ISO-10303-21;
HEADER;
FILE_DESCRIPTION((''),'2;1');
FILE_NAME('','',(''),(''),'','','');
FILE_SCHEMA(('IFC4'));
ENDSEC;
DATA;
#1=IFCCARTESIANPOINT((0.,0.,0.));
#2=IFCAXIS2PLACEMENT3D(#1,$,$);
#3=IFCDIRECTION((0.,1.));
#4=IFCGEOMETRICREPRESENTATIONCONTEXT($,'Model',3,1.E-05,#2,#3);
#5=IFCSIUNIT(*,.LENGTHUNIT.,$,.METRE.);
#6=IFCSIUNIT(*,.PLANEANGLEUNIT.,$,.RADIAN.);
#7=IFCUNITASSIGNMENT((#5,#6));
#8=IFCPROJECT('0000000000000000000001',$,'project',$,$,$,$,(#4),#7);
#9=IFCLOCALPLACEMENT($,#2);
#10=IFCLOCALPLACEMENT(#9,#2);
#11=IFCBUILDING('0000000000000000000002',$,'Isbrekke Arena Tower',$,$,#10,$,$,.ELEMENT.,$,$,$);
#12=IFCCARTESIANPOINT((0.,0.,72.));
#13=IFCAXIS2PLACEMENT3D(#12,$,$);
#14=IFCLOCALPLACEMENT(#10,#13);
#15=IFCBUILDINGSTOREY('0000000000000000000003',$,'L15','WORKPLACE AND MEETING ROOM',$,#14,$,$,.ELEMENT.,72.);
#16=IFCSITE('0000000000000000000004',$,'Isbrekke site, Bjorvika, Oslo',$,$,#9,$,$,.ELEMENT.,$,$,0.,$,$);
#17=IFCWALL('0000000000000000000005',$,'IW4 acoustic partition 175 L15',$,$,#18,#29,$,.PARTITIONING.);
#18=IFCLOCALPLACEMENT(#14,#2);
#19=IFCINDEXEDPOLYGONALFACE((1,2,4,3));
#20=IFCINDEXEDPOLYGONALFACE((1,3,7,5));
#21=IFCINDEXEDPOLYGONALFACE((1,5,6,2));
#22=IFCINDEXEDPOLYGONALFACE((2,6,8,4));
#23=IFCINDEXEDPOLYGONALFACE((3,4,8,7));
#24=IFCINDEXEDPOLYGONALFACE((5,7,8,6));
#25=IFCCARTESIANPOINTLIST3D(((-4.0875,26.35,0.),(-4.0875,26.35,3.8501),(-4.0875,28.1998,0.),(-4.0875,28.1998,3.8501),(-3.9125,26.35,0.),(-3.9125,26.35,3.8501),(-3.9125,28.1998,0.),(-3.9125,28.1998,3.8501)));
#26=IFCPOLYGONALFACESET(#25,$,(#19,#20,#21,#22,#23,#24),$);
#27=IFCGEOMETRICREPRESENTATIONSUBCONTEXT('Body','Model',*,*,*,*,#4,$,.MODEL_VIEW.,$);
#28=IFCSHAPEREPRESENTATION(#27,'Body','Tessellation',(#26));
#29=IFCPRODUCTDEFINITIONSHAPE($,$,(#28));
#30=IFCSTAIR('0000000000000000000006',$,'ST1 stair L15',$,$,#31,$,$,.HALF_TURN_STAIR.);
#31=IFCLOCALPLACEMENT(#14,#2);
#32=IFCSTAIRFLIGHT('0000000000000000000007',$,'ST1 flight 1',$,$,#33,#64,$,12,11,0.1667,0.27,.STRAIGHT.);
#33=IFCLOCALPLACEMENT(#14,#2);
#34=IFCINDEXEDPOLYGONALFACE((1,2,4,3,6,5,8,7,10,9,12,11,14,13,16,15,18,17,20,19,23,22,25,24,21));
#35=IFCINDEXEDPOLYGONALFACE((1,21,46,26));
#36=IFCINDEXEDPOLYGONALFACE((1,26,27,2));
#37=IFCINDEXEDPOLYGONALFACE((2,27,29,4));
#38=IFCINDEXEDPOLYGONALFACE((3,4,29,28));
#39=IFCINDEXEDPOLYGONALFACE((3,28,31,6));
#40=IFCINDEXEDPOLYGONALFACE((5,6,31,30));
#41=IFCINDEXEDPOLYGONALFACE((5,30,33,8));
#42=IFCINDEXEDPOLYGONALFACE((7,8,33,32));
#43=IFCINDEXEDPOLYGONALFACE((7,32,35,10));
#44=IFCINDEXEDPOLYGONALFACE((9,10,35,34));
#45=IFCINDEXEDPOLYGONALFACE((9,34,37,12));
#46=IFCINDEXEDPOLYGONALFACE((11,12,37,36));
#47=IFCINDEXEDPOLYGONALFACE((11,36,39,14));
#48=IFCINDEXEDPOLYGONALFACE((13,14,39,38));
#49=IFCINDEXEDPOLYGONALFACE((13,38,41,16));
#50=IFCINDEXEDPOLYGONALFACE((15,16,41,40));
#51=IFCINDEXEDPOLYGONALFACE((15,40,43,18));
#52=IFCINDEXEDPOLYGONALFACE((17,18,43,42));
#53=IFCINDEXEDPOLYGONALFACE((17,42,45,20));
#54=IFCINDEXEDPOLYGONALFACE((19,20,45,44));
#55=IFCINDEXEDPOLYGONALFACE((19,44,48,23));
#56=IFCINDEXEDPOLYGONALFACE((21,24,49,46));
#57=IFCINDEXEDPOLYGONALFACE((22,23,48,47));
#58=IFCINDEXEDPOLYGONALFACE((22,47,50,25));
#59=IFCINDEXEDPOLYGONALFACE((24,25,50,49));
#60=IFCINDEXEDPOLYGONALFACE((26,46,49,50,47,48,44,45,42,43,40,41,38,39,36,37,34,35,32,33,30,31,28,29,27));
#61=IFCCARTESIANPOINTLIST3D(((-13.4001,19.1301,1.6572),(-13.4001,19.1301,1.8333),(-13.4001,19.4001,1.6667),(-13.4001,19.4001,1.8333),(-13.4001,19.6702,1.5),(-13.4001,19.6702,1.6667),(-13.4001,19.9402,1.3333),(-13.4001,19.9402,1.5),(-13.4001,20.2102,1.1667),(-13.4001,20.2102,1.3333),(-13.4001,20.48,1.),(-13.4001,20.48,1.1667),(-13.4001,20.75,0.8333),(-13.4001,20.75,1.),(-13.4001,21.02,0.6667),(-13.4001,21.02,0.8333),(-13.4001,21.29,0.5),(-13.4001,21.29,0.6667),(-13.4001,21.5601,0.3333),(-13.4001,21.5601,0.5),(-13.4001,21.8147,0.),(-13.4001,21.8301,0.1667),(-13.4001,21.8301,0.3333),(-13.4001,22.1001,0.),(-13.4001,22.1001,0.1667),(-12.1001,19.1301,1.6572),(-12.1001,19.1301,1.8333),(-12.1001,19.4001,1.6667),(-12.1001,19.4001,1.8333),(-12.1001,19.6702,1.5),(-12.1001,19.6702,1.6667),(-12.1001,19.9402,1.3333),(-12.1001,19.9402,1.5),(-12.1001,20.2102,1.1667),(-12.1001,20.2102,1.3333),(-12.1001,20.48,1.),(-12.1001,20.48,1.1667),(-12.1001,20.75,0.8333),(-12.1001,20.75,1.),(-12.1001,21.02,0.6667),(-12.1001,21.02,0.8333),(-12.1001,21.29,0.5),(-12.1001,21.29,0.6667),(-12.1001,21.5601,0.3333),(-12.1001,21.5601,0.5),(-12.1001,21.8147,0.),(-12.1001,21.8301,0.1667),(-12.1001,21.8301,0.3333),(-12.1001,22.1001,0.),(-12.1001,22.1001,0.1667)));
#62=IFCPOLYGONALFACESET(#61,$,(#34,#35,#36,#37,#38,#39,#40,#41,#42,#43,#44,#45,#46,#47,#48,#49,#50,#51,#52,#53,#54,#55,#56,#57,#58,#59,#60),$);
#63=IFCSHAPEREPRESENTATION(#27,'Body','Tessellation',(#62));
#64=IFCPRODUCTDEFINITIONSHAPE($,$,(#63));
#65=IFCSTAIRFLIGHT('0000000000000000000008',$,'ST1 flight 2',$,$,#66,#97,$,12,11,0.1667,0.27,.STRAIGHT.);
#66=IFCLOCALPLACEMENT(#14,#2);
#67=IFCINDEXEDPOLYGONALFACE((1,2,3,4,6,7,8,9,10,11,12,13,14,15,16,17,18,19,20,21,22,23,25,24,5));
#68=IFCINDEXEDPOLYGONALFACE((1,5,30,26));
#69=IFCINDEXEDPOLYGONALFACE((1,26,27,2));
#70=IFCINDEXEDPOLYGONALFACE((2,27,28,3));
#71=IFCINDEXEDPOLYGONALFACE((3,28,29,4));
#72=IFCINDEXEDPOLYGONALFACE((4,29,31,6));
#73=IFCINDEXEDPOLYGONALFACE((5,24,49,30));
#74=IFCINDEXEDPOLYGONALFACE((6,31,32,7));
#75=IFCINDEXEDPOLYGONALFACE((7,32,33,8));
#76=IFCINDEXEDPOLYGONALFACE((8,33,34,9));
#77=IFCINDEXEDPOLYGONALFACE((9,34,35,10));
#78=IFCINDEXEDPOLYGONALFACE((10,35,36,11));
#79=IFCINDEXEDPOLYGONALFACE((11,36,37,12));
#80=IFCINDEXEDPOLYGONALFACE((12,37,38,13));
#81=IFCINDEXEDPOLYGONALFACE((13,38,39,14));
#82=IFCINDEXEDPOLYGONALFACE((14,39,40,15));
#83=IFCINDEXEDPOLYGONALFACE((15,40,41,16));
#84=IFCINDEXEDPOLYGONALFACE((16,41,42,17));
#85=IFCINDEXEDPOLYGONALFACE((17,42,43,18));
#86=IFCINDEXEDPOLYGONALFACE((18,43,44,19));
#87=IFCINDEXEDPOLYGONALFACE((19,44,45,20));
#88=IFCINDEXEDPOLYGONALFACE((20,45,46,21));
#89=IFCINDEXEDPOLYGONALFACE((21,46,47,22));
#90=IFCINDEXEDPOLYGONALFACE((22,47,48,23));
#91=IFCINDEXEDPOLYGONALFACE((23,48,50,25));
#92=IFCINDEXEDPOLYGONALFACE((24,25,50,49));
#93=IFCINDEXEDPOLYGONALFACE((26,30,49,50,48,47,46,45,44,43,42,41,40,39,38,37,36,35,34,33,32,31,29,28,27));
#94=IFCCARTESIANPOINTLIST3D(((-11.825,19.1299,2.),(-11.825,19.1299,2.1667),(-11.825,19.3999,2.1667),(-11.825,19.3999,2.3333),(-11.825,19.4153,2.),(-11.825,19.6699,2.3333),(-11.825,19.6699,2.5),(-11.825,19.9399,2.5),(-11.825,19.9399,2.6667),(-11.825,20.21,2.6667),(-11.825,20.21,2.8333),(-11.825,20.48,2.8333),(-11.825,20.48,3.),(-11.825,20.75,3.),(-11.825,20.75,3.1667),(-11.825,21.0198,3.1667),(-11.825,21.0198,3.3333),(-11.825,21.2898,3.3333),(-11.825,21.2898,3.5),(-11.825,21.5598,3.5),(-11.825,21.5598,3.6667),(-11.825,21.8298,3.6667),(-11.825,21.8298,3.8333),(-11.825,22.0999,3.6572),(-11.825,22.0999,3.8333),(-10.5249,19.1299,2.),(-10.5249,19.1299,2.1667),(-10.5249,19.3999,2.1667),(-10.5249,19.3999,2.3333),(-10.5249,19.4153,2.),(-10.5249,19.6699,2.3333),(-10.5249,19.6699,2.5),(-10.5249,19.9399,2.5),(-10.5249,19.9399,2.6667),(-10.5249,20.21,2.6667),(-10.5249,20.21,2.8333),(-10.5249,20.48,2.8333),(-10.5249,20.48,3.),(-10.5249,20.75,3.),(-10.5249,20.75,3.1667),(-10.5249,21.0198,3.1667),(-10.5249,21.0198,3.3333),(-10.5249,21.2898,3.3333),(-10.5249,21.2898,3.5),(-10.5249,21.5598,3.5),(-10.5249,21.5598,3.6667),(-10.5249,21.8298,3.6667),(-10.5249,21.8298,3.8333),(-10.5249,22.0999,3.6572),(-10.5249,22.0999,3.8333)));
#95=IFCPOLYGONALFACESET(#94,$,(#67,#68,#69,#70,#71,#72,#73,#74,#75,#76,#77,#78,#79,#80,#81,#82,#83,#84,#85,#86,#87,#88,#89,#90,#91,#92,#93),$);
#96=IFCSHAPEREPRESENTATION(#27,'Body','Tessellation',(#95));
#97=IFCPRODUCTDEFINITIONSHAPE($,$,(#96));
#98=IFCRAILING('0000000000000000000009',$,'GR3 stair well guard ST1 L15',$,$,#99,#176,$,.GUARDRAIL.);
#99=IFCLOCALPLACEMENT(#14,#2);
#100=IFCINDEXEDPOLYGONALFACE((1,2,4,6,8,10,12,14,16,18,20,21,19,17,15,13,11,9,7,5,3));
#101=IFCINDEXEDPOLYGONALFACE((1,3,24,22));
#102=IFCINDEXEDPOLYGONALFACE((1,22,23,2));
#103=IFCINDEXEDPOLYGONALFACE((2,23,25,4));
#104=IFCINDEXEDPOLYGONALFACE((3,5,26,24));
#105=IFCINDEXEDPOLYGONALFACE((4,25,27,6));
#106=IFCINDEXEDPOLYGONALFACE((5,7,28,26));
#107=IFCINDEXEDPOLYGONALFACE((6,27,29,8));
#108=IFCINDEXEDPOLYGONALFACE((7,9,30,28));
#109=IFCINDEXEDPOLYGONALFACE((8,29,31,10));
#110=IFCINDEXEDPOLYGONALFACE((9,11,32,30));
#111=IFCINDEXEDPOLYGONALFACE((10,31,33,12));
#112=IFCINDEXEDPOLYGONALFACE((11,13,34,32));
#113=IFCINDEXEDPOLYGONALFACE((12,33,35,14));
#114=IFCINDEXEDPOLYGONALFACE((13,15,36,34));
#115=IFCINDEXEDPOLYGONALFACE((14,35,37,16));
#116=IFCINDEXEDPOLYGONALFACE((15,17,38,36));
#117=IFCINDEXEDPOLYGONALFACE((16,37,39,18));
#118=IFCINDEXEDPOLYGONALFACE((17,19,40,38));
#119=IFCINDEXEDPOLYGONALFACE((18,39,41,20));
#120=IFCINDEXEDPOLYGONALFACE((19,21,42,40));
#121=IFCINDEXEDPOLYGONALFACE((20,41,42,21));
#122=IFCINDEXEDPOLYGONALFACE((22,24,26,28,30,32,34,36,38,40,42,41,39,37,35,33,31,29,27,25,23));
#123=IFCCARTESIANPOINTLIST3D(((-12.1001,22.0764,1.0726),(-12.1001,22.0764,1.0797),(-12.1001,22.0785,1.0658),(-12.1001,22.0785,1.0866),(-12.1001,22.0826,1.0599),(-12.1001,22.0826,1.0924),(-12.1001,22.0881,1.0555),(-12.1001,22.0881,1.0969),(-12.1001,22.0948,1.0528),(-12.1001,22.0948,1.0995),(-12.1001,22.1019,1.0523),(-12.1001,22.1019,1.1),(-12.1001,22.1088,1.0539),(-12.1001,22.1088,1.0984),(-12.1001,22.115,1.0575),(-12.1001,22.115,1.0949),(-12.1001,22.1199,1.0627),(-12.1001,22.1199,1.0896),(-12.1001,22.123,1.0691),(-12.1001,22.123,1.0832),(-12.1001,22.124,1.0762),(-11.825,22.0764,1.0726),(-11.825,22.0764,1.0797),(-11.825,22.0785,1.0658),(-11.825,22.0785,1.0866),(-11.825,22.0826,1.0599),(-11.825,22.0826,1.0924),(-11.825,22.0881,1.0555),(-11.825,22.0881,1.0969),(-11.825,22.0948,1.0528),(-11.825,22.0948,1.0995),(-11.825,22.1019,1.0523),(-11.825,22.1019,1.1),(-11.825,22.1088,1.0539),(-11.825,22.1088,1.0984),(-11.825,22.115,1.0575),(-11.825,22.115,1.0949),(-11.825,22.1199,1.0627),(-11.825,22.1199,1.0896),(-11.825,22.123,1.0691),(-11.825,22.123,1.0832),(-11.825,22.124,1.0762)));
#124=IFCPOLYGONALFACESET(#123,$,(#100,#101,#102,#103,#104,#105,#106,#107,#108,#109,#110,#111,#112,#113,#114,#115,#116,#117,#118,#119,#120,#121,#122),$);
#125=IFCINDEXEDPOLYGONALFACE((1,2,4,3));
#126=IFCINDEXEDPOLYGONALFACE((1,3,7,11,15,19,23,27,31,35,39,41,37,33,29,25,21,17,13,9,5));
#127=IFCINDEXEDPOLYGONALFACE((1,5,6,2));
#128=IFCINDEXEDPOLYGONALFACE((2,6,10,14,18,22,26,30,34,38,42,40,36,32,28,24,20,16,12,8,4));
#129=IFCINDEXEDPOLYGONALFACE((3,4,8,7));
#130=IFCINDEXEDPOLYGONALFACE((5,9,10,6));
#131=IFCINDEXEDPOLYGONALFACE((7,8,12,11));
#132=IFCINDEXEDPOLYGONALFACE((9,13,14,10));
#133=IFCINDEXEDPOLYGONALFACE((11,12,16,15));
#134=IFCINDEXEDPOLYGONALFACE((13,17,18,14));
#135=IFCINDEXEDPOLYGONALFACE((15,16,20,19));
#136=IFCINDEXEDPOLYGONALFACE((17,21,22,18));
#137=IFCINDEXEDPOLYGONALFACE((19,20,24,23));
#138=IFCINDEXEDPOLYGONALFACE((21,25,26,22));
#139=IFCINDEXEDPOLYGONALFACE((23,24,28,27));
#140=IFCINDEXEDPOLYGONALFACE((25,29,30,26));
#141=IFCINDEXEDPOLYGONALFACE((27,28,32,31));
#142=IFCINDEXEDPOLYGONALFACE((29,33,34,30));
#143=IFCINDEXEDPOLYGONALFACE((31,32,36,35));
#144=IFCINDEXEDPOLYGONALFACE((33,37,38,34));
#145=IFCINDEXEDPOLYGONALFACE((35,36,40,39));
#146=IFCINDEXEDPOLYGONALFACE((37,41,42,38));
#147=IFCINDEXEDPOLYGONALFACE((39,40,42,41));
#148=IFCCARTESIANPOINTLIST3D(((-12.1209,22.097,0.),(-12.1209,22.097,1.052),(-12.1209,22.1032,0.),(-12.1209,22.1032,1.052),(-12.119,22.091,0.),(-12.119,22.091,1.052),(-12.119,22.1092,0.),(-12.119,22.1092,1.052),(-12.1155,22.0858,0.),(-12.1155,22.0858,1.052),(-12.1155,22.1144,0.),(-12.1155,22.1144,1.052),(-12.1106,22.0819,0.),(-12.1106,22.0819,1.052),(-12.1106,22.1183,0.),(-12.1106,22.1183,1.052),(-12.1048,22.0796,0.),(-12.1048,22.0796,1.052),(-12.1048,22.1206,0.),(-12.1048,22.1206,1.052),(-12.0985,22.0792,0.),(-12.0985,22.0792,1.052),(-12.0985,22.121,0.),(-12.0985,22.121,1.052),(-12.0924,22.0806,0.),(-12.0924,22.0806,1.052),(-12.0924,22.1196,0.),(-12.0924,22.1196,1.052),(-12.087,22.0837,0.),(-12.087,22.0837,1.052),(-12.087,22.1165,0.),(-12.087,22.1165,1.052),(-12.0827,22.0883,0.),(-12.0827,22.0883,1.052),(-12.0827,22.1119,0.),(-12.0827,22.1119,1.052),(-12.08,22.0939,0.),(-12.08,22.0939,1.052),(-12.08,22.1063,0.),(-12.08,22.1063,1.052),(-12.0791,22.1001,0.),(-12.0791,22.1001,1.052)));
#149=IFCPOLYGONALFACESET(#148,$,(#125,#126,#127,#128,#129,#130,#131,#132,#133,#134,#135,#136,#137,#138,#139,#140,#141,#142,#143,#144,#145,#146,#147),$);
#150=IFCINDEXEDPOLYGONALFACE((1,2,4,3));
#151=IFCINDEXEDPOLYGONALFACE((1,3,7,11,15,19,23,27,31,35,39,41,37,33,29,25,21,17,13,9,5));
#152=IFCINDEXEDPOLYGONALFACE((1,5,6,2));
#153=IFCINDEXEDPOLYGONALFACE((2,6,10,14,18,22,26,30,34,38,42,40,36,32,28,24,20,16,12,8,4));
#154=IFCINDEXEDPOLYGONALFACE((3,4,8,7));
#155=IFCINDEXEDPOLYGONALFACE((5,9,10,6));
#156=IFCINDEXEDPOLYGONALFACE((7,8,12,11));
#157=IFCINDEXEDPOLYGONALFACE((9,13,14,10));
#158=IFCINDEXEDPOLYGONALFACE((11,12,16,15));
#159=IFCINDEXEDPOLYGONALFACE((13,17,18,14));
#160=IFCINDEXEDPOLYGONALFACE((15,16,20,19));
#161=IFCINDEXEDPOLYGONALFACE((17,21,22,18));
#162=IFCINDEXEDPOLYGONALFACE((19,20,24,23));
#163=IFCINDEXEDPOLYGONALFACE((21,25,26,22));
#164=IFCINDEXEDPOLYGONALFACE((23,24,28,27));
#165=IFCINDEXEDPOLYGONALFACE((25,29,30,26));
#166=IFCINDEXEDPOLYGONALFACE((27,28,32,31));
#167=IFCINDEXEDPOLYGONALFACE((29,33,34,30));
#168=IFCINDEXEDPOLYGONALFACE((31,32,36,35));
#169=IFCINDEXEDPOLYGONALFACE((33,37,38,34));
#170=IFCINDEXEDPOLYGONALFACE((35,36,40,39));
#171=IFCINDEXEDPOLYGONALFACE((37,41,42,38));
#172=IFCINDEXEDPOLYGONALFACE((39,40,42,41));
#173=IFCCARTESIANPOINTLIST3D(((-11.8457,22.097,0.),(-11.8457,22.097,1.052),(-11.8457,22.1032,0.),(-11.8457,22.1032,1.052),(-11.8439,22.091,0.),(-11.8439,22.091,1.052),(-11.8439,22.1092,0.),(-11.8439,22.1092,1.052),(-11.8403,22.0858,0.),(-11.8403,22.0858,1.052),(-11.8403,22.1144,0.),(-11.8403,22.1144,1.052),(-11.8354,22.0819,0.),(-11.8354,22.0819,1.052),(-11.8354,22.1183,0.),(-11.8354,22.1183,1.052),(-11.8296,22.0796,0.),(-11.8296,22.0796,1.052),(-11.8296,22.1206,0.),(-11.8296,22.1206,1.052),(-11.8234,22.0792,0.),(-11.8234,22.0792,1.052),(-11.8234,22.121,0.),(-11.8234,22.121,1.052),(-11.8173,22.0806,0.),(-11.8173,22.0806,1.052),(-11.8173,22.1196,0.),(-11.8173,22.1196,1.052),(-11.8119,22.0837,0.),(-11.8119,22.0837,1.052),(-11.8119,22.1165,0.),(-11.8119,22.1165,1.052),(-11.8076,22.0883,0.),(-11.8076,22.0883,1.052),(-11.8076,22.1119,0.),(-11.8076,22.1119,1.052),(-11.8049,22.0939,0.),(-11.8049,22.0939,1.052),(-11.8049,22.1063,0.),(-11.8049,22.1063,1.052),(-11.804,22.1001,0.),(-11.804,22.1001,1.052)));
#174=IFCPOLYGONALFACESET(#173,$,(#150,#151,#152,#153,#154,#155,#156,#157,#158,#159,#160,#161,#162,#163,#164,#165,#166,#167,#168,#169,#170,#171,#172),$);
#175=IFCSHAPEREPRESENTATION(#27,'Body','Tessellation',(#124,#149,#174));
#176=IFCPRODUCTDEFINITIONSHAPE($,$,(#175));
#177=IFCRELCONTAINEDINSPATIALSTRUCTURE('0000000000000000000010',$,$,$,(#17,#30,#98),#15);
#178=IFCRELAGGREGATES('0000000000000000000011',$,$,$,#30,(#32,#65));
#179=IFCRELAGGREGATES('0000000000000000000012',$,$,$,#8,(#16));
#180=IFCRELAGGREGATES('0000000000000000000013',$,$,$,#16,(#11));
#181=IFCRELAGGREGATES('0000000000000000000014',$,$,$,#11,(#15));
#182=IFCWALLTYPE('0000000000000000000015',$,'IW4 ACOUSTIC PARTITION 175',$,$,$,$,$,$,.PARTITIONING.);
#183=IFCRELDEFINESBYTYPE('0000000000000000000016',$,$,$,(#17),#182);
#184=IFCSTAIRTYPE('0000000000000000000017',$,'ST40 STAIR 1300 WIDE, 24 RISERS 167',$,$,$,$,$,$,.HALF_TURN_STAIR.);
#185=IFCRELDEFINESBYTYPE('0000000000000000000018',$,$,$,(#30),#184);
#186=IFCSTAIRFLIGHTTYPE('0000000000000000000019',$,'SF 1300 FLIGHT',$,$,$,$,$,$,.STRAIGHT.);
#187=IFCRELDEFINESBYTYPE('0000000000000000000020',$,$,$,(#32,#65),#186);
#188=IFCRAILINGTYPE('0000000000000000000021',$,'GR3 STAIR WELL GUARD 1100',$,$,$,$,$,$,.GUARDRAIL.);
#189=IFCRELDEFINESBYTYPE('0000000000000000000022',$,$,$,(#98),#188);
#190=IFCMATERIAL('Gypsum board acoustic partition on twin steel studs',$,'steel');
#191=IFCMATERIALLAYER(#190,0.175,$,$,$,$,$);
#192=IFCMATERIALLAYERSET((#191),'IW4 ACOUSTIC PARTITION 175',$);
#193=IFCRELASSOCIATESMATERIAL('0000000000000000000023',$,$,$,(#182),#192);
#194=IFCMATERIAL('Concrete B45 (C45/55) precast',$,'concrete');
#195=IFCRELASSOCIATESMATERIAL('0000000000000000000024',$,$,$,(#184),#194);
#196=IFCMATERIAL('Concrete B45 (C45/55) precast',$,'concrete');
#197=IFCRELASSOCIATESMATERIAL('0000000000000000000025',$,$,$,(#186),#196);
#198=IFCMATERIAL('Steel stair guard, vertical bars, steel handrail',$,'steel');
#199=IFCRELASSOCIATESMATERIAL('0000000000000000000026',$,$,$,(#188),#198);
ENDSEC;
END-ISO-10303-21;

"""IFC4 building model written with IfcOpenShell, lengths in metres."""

from ifc_helpers import new_model, si_unit, direction, frame, frame_2d, origin, origin_2d, place, context, subcontext, project, spatial, polyline, rectangle, circle, outline, extrude, material, layer, layer_set, type_object, element, aggregate, save


model = new_model("IFC4")

# Units and contexts
model_context = context("Model", 3, precision=1e-05, world=origin(), true_north=direction((0.0, 1.0)))
body_context = subcontext(model_context, "Body", "Model", "MODEL_VIEW")
ifc_project = project(units=[si_unit("LENGTHUNIT", "METRE"), si_unit("PLANEANGLEUNIT", "RADIAN")], contexts=[model_context])

# Site, building, storey
site_placement = place(None, origin())
site = spatial("IfcSite", under=ifc_project, at=site_placement, Name="Isbrekke site, Bjorvika, Oslo", CompositionType="ELEMENT", RefElevation=0.0)
building_placement = place(site_placement, origin())
building = spatial("IfcBuilding", under=site, at=building_placement, Name="Isbrekke Arena Tower", CompositionType="ELEMENT")
storey_placement = place(building_placement, frame((0.0, 0.0, 72.0)))
storey = spatial("IfcBuildingStorey", under=building, at=storey_placement, Name="L15", Description="WORKPLACE AND MEETING ROOM", CompositionType="ELEMENT", Elevation=72.0)

# Wall
ifc_material_1 = material(Name="Gypsum board acoustic partition on twin steel studs", Category="steel")
ifc_layer_1 = layer(ifc_material_1, 0.175)
ifc_layer_set_1 = layer_set([ifc_layer_1], Name="IW4 ACOUSTIC PARTITION 175")
wall_type_1 = type_object("IfcWallType", Name="IW4 ACOUSTIC PARTITION 175", PredefinedType="PARTITIONING", material=ifc_layer_set_1)
wall_1_placement = place(storey_placement, frame((-4.0, 26.3501, 0.0), z_axis=(0.0, 0.0, 1.0), x_axis=(0.0, 1.0, 0.0)))
element("IfcWall", 1, at=wall_1_placement, inside=storey, type_object=wall_type_1, Name="IW4 acoustic partition 175 L15", PredefinedType="PARTITIONING", context=body_context, shape_type="SweptSolid", body=[
    extrude(rectangle(XDim=1.8499, YDim=0.175, at=frame_2d((0.9248, 0.0))), origin(), (0.0, 0.0, 1.0), 3.8501),
])

# Stair, stair flights
ifc_material_2 = material(Name="Concrete B45 (C45/55) precast", Category="concrete")
stair_type = type_object("IfcStairType", Name="ST40 STAIR 1300 WIDE, 24 RISERS 167", PredefinedType="HALF_TURN_STAIR", material=ifc_material_2)
stair_placement = place(storey_placement, origin())
stair = element("IfcStair", 2, at=stair_placement, inside=storey, type_object=stair_type, Name="ST1 stair L15", PredefinedType="HALF_TURN_STAIR")
ifc_material_3 = material(Name="Concrete B45 (C45/55) precast", Category="concrete")
stair_flight_type = type_object("IfcStairFlightType", Name="SF 1300 FLIGHT", PredefinedType="STRAIGHT", material=ifc_material_3)
stair_flight_1_placement = place(storey_placement, frame((-12.75, 22.1001, 0.0), z_axis=(0.0, 0.0, 1.0), x_axis=(0.0, -1.0, 0.0)))
stair_flight_1 = element("IfcStairFlight", 3, at=stair_flight_1_placement, type_object=stair_flight_type, Name="ST1 flight 1", NumberOfRisers=12, NumberOfTreads=11, PredefinedType="STRAIGHT", RiserHeight=0.1667, TreadLength=0.27, context=body_context, shape_type="SweptSolid", body=[
    extrude(outline(polyline([(0.0, 0.0), (0.0, 0.1667), (0.27, 0.1667), (0.27, 0.3333), (0.54, 0.3333), (0.54, 0.5), (0.8101, 0.5), (0.8101, 0.6667), (1.0801, 0.6667), (1.0801, 0.8333), (1.3501, 0.8333), (1.3501, 1.0), (1.6201, 1.0), (1.6201, 1.1667), (1.8899, 1.1667), (1.8899, 1.3333), (2.1599, 1.3333), (2.1599, 1.5), (2.4299, 1.5), (2.4299, 1.6667), (2.7, 1.6667), (2.7, 1.8333), (2.97, 1.8333), (2.97, 2.0), (2.97, 1.6572), (0.2854, 0.0), (0.0, 0.0)])), frame((0.0, 0.6499, 0.0), z_axis=(0.0, -1.0, 0.0), x_axis=(1.0, 0.0, 0.0)), (0.0, 0.0, 1.0), 1.3),
])
stair_flight_2_placement = place(storey_placement, frame((-11.175, 19.1299, 2.0), z_axis=(0.0, 0.0, 1.0), x_axis=(0.0, 1.0, 0.0)))
stair_flight_2 = element("IfcStairFlight", 4, at=stair_flight_2_placement, type_object=stair_flight_type, Name="ST1 flight 2", NumberOfRisers=12, NumberOfTreads=11, PredefinedType="STRAIGHT", RiserHeight=0.1667, TreadLength=0.27, context=body_context, shape_type="SweptSolid", body=[
    extrude(outline(polyline([(0.0, 0.0), (0.0, 0.1667), (0.27, 0.1667), (0.27, 0.3333), (0.54, 0.3333), (0.54, 0.5), (0.8101, 0.5), (0.8101, 0.6667), (1.0801, 0.6667), (1.0801, 0.8333), (1.3501, 0.8333), (1.3501, 1.0), (1.6201, 1.0), (1.6201, 1.1667), (1.8899, 1.1667), (1.8899, 1.3333), (2.1599, 1.3333), (2.1599, 1.5), (2.4299, 1.5), (2.4299, 1.6667), (2.7, 1.6667), (2.7, 1.8333), (2.97, 1.8333), (2.97, 2.0), (2.97, 1.6572), (0.2854, 0.0), (0.0, 0.0)])), frame((0.0, 0.6499, 0.0), z_axis=(0.0, -1.0, 0.0), x_axis=(1.0, 0.0, 0.0)), (0.0, 0.0, 1.0), 1.3),
])
aggregate(stair, [stair_flight_1, stair_flight_2])

# Railing
ifc_material_4 = material(Name="Steel stair guard, vertical bars, steel handrail", Category="steel")
railing_type = type_object("IfcRailingType", Name="GR3 STAIR WELL GUARD 1100", PredefinedType="GUARDRAIL", material=ifc_material_4)
for number, where, name in (
    (5, (-12.1001, 22.1001, 0.0), "GR3 stair well guard ST1 L15"),
):
    element("IfcRailing", number, at=place(storey_placement, frame(where)), inside=storey, type_object=railing_type, Name=name, PredefinedType="GUARDRAIL", context=body_context, shape_type="SweptSolid", body=[
        extrude(circle(Radius=0.0239, at=origin_2d()), frame((0.0, 0.0, 1.0762), z_axis=(1.0, 0.0, 0.0), x_axis=(0.0, 1.0, 0.0)), (0.0, 0.0, 1.0), 0.2751),
        extrude(circle(Radius=0.021, at=origin_2d()), origin(), (0.0, 0.0, 1.0), 1.052),
        extrude(circle(Radius=0.021, at=origin_2d()), frame((0.2751, 0.0, 0.0)), (0.0, 0.0, 1.0), 1.052),
    ])

save(model, "model.ifc")
